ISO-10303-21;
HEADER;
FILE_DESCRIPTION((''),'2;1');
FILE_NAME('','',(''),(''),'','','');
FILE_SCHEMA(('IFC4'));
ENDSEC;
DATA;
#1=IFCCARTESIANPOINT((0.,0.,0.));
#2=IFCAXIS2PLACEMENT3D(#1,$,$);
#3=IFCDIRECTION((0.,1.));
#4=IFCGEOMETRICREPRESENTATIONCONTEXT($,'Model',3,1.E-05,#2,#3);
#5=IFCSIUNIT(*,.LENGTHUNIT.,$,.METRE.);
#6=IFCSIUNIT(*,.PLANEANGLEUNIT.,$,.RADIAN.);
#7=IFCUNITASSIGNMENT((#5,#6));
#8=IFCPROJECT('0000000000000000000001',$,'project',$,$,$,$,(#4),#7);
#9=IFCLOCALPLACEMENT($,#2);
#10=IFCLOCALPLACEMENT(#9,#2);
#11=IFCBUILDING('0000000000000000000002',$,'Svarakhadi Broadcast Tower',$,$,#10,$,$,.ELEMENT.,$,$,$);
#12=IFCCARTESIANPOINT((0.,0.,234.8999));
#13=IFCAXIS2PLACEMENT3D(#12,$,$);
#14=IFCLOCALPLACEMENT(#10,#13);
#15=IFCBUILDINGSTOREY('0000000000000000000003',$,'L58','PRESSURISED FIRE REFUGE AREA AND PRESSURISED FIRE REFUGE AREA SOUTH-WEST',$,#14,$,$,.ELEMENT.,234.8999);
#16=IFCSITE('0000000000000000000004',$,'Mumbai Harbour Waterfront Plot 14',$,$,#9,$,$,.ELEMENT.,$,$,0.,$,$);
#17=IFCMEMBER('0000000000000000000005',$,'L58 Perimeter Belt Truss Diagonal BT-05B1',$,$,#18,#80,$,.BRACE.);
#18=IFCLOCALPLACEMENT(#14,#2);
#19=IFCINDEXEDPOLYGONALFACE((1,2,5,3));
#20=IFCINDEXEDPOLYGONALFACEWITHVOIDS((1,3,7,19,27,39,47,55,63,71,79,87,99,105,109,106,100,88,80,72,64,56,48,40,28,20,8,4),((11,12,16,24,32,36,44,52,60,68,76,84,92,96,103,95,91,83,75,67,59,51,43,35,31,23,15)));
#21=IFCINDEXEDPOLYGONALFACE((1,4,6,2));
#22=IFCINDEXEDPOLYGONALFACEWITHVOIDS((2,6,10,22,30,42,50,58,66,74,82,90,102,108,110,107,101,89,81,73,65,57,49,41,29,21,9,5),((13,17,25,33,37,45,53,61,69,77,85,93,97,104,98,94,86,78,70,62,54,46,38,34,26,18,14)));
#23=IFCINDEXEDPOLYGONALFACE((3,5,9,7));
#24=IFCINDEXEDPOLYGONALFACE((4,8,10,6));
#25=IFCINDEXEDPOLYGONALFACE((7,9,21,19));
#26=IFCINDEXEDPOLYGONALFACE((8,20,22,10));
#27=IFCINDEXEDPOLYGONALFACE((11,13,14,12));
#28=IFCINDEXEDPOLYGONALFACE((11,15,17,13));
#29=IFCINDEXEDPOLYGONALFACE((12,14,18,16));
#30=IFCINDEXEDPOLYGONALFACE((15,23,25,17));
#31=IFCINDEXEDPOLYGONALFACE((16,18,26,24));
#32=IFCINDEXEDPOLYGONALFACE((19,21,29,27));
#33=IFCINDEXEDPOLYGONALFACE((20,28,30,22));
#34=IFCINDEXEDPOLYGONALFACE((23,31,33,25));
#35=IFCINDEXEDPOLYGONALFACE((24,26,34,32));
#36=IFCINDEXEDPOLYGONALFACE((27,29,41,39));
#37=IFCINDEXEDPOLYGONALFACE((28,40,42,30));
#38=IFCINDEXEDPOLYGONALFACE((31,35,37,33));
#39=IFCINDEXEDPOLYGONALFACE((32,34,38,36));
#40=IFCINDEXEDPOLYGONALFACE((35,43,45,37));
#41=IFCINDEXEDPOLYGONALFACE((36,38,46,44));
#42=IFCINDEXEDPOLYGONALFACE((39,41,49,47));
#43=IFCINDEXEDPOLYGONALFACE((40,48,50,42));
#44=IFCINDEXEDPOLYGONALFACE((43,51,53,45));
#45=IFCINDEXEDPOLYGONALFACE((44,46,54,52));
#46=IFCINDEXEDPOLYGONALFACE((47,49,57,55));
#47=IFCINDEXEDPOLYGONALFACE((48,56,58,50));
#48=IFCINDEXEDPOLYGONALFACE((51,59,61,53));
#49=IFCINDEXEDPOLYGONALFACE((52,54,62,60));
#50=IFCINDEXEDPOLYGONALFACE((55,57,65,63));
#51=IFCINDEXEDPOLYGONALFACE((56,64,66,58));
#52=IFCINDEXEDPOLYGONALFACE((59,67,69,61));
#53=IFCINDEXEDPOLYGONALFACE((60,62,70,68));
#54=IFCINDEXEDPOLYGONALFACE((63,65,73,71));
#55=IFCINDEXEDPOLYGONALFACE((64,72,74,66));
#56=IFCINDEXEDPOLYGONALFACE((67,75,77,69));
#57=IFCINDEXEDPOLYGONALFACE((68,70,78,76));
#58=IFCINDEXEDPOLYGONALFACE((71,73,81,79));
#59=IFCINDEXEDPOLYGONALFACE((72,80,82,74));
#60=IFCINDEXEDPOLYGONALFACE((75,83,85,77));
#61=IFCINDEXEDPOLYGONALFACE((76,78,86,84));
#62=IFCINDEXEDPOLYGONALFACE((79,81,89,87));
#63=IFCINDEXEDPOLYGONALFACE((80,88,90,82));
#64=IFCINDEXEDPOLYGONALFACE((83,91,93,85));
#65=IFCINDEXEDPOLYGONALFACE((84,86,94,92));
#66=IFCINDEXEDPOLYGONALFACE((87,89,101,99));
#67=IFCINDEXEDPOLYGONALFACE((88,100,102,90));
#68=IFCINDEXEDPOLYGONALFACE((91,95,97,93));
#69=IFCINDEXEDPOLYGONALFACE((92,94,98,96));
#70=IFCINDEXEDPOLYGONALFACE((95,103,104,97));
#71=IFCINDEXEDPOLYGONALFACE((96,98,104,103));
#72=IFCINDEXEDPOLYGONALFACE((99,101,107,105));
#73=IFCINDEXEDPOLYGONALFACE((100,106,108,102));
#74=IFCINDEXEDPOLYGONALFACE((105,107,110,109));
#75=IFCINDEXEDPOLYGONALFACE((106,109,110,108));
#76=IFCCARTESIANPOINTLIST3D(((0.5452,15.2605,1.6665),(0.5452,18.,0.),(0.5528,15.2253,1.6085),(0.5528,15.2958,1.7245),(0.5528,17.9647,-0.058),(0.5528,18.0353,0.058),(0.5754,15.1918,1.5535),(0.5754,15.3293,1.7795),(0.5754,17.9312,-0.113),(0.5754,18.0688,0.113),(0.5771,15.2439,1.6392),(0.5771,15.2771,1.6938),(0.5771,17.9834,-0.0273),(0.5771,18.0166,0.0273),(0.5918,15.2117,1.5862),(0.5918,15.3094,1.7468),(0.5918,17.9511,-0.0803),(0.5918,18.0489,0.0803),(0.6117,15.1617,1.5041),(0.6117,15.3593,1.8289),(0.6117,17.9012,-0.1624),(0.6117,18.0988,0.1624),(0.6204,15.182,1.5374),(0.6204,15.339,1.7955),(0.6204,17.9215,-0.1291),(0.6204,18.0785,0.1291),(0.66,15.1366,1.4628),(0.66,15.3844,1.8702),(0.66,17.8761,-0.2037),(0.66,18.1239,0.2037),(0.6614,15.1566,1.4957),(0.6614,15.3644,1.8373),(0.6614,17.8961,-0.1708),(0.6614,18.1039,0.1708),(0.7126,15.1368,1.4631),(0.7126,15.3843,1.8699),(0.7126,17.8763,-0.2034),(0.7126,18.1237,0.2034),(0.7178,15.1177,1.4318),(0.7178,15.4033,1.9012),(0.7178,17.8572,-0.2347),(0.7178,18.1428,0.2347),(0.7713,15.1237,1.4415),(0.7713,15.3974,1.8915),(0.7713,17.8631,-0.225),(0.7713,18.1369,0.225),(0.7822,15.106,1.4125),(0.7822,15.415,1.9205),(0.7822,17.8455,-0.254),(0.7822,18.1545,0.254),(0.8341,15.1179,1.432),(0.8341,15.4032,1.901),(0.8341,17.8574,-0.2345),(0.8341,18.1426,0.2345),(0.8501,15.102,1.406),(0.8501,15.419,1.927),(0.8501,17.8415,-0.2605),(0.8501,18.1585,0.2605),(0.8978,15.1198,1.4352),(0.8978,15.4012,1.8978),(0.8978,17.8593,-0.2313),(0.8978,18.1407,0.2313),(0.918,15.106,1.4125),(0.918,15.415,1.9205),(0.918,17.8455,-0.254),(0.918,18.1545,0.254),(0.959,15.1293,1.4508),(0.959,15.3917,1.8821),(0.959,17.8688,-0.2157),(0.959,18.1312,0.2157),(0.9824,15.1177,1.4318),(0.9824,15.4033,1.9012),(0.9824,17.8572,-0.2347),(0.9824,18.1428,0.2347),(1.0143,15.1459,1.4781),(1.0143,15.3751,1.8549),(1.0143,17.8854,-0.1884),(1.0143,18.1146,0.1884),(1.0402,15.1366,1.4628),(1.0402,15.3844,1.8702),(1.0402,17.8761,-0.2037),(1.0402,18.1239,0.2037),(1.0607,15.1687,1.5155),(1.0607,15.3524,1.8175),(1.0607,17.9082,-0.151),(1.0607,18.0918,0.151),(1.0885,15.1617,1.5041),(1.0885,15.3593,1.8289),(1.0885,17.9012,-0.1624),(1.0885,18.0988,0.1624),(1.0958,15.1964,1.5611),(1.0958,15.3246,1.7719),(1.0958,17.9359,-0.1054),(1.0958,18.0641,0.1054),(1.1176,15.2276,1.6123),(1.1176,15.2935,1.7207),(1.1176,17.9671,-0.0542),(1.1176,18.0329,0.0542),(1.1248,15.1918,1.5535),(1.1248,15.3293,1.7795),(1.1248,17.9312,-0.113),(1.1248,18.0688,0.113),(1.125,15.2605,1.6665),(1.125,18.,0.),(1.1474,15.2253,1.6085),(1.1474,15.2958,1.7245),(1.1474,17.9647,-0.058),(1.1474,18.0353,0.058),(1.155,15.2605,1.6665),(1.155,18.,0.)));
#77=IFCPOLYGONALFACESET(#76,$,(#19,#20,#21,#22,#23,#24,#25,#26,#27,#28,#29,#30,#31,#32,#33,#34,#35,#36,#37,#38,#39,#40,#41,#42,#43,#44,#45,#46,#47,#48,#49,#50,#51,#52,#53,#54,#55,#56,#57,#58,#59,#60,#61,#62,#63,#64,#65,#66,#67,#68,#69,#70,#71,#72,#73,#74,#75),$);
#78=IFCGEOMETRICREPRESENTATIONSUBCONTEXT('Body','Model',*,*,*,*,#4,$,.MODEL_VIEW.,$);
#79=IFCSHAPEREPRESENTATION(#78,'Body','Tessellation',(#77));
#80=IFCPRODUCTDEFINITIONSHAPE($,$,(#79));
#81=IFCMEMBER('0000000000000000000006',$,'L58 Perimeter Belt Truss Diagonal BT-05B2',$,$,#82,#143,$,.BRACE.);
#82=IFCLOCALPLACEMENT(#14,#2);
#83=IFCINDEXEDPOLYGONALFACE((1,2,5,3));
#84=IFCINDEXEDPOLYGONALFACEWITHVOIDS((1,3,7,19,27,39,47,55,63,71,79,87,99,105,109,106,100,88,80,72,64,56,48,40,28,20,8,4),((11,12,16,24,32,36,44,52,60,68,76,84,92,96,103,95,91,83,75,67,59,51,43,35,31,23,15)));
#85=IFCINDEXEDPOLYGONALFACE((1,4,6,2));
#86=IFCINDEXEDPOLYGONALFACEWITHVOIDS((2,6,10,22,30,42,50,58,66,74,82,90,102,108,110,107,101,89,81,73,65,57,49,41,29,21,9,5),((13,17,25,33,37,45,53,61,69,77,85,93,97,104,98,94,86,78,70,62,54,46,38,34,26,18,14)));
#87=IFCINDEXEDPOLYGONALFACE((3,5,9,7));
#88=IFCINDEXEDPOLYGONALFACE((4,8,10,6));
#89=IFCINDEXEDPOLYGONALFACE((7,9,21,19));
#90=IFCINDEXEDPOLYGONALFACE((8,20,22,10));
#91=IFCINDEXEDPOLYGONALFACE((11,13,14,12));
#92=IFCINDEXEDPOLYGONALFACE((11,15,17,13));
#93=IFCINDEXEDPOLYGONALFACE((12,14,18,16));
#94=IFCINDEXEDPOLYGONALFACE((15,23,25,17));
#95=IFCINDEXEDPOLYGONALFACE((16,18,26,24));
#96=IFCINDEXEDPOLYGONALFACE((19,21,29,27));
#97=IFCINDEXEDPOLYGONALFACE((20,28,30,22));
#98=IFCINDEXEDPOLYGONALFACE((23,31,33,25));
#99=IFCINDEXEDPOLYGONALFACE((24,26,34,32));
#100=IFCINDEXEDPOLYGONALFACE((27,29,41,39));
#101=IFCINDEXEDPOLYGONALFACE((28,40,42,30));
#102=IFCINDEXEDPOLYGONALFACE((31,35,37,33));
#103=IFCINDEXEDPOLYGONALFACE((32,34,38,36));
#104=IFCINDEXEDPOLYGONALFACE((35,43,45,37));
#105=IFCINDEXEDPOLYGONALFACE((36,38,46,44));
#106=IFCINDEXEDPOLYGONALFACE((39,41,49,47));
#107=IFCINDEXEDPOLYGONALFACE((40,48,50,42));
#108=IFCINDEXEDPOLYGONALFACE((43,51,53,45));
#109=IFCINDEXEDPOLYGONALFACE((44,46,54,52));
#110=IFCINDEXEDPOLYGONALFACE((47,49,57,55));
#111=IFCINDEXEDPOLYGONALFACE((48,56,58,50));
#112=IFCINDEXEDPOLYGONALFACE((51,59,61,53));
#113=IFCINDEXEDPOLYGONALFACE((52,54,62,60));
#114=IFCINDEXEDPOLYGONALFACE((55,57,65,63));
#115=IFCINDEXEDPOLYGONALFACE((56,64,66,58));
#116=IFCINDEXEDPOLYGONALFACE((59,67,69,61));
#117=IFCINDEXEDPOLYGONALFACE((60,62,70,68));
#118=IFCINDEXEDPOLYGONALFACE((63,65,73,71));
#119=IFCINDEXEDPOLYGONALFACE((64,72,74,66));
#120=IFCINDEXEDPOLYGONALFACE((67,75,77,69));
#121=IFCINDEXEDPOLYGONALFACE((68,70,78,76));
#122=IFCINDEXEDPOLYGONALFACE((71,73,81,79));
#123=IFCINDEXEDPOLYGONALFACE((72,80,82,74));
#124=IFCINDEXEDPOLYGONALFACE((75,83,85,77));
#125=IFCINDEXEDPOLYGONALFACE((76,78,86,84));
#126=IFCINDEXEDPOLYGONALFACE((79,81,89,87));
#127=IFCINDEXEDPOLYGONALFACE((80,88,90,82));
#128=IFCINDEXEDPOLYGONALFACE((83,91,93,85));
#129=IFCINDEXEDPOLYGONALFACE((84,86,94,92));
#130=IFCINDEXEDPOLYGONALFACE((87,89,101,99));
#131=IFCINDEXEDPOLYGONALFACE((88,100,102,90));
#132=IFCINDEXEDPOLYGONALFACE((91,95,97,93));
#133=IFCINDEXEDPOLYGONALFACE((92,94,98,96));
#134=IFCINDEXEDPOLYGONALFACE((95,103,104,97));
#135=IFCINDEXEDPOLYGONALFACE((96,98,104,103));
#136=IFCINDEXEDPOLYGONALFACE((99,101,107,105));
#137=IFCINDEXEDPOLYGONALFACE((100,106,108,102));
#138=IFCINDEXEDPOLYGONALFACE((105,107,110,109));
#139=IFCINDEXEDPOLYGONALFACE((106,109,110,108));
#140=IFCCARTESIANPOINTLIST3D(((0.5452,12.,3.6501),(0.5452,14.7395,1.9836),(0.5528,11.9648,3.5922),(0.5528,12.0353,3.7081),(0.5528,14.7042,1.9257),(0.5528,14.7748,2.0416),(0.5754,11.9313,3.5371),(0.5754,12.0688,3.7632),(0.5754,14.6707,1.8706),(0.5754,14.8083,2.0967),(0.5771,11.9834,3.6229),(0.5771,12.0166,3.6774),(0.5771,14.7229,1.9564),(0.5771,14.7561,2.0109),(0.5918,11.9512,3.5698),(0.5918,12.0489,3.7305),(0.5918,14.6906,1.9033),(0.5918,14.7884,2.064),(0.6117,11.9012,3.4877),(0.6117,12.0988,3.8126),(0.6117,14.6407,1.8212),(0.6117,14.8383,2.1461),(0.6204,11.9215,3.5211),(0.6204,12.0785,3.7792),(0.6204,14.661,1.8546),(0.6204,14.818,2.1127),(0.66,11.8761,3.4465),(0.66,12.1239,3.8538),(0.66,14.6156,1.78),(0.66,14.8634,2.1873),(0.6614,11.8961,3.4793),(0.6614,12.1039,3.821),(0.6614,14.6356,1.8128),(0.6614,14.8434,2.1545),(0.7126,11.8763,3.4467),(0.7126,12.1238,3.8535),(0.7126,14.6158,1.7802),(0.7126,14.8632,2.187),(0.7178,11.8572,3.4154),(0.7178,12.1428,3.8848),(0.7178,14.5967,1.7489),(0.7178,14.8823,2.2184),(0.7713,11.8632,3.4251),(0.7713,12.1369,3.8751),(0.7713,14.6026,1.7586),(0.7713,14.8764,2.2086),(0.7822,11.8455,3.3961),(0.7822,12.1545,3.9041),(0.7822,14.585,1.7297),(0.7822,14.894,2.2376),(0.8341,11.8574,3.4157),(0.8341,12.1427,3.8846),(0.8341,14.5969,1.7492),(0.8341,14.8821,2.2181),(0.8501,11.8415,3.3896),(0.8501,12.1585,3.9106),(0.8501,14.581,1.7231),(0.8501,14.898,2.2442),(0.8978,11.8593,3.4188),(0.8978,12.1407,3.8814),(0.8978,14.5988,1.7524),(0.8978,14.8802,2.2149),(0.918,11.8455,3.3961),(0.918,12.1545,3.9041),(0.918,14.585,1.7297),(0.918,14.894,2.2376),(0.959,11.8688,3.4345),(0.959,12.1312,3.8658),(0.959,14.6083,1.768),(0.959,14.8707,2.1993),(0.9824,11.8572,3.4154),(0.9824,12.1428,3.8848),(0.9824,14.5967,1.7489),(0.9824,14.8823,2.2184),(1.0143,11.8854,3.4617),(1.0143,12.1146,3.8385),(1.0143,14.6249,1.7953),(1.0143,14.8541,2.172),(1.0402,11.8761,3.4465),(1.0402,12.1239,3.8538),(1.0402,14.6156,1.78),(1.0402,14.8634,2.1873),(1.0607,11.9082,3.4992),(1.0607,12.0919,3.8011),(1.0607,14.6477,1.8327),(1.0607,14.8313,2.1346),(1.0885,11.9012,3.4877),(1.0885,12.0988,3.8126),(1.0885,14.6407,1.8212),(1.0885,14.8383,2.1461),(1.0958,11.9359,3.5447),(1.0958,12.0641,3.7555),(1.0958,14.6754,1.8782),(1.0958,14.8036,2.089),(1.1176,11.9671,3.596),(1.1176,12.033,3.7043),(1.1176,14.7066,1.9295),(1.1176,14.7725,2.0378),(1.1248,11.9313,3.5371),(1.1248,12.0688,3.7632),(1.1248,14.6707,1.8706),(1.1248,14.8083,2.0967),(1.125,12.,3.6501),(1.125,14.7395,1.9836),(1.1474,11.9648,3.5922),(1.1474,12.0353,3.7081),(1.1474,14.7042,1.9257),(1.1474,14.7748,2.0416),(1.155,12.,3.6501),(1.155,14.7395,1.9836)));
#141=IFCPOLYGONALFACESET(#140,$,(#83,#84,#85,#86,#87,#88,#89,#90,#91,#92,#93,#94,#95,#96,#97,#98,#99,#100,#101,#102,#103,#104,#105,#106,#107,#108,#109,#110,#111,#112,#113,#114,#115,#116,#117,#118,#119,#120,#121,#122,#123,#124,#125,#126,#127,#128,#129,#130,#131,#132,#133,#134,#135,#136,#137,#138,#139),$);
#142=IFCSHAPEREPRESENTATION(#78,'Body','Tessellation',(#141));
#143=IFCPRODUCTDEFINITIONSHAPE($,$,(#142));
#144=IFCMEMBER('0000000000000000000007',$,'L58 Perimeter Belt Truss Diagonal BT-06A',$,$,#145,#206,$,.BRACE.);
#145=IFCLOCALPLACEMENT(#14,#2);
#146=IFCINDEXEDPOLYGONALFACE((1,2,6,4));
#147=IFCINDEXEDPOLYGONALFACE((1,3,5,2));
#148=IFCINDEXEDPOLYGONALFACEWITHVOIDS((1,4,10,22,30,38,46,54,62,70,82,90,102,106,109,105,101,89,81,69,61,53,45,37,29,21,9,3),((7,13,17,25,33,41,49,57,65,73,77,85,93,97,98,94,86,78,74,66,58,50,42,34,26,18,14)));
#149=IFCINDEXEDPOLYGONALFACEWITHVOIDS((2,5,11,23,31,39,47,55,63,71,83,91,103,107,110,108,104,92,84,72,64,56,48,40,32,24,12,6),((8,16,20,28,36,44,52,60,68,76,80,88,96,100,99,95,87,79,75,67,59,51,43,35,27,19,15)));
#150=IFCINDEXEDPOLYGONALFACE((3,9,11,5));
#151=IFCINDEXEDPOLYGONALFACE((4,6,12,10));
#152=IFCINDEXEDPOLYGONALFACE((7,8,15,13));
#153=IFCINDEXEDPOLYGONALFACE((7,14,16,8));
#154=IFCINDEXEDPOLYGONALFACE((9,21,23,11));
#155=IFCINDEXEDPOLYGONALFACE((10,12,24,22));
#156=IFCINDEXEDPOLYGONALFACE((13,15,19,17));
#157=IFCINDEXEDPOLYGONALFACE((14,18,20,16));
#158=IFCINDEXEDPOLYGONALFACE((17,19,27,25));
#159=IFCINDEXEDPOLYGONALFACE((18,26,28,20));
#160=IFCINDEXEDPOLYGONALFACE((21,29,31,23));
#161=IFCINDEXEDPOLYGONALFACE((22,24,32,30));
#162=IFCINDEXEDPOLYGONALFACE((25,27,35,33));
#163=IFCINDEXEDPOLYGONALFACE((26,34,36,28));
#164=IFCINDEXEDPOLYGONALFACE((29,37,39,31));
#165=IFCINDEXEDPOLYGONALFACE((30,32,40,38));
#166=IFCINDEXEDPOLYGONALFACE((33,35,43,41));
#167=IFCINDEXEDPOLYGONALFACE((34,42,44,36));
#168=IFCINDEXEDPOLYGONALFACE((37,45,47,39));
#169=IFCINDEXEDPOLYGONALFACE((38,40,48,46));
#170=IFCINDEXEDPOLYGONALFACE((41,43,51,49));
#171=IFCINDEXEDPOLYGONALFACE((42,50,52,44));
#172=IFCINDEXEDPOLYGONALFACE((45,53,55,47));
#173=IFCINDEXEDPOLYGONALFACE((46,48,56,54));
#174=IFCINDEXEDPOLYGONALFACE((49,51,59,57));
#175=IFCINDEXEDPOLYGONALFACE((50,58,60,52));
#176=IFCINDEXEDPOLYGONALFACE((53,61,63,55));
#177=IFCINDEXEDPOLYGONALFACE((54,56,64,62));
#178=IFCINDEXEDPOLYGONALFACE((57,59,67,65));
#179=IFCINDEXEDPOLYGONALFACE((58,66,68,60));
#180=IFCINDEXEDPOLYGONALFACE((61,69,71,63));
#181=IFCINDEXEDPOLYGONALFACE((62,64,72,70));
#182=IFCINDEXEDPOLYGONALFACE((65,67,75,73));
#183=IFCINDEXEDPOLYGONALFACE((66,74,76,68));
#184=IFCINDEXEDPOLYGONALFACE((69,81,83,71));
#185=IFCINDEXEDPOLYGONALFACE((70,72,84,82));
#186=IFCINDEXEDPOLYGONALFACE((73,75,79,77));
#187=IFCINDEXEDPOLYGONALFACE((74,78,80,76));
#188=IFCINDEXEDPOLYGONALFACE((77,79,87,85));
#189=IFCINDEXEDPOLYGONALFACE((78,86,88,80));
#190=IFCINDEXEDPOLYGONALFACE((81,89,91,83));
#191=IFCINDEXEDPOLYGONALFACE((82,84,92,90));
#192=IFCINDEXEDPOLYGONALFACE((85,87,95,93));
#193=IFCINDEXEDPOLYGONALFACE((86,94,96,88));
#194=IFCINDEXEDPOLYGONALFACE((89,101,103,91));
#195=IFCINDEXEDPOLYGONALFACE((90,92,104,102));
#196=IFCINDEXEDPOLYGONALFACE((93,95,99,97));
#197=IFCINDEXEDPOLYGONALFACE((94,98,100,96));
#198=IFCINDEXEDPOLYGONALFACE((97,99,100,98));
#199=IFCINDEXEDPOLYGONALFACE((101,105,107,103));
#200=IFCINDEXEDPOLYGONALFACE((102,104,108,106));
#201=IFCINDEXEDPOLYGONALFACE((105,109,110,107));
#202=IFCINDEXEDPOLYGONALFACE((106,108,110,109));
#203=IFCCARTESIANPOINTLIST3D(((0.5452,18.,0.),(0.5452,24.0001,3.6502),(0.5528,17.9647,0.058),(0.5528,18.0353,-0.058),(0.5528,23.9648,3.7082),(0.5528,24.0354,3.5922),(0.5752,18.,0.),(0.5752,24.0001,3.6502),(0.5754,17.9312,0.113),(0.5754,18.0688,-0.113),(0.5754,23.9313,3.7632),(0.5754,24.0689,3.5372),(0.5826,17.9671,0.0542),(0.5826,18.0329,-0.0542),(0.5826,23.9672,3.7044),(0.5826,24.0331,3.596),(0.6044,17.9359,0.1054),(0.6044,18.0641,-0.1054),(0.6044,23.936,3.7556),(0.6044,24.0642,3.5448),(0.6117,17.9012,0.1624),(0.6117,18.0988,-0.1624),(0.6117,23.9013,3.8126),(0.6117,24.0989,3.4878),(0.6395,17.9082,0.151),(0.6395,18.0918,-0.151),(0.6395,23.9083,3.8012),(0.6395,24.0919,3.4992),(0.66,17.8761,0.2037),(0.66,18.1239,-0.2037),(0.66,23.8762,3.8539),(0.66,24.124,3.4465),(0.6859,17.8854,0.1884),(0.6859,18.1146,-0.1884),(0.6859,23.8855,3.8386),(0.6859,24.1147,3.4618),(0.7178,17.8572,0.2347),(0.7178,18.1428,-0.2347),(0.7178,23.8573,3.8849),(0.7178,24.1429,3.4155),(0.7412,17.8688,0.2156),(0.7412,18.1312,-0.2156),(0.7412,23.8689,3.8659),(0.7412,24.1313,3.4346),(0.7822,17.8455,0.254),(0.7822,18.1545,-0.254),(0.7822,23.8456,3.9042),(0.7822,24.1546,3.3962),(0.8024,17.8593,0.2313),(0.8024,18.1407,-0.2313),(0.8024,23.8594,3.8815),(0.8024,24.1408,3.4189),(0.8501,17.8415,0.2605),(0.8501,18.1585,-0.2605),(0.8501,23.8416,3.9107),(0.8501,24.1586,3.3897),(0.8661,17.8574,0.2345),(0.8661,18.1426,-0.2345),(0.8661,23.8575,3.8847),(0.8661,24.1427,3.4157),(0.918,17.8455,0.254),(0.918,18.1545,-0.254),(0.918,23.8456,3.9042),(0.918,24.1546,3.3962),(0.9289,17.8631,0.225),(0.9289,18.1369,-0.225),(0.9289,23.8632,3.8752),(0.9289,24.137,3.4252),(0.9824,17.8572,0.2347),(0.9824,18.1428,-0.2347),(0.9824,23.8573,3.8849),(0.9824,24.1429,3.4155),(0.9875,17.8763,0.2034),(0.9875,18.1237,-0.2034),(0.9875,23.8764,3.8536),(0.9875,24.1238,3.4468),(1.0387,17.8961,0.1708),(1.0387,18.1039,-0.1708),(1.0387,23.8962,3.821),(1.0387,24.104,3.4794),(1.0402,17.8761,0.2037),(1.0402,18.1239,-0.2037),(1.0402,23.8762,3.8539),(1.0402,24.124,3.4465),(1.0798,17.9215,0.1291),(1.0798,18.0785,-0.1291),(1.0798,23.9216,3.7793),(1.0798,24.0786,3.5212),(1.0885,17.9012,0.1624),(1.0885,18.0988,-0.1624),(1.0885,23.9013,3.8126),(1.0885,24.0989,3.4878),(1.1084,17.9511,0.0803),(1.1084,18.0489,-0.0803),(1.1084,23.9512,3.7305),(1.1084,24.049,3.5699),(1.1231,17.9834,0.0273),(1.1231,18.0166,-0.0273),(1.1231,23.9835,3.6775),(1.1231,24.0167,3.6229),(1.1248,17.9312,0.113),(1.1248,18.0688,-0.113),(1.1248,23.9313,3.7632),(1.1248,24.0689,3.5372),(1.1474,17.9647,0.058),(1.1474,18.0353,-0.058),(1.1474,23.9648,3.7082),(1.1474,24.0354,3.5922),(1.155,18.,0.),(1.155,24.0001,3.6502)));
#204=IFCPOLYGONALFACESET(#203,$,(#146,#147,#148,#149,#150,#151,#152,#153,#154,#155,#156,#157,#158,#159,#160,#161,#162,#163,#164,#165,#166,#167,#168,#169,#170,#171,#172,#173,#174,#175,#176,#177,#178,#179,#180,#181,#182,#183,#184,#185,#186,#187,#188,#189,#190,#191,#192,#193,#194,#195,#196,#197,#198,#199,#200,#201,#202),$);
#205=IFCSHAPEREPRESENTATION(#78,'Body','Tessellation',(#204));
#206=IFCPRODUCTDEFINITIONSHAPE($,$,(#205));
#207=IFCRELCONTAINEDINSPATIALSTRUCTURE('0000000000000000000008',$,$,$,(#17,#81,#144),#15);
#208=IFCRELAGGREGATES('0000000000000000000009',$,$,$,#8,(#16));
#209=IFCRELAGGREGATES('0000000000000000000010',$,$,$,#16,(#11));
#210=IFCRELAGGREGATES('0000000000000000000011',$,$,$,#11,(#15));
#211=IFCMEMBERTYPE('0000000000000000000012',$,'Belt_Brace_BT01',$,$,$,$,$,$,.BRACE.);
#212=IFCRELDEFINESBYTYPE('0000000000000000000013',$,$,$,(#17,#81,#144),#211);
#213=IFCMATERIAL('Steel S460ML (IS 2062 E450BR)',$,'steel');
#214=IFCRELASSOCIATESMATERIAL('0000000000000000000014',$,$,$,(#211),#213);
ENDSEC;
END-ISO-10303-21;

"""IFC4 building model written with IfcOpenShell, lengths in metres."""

from ifc_helpers import new_model, si_unit, direction, frame, origin, origin_2d, place, context, subcontext, project, spatial, hollow_circle, extrude, material, material_profile, profile_set, type_object, element, save


model = new_model("IFC4")

# Units and contexts
model_context = context("Model", 3, precision=1e-05, world=origin(), true_north=direction((0.0, 1.0)))
body_context = subcontext(model_context, "Body", "Model", "MODEL_VIEW")
ifc_project = project(units=[si_unit("LENGTHUNIT", "METRE"), si_unit("PLANEANGLEUNIT", "RADIAN")], contexts=[model_context])

# Site, building, storey
site_placement = place(None, origin())
site = spatial("IfcSite", under=ifc_project, at=site_placement, Name="Mumbai Harbour Waterfront Plot 14", CompositionType="ELEMENT", RefElevation=0.0)
building_placement = place(site_placement, origin())
building = spatial("IfcBuilding", under=site, at=building_placement, Name="Svarakhadi Broadcast Tower", CompositionType="ELEMENT")
storey_placement = place(building_placement, frame((0.0, 0.0, 234.8999)))
storey = spatial("IfcBuildingStorey", under=building, at=storey_placement, Name="L58", Description="PRESSURISED FIRE REFUGE AREA AND PRESSURISED FIRE REFUGE AREA SOUTH-WEST", CompositionType="ELEMENT", Elevation=234.8999)

# Shared definitions
ifc_material_1 = material(Name="Steel S460ML (IS 2062 E450BR)", Category="steel")

# Members
ifc_material_profile_1 = material_profile(ifc_material_1, hollow_circle(Radius=0.3049, WallThickness=0.03, at=origin_2d()), Name="CHS 610x30")
ifc_profile_set_1 = profile_set([ifc_material_profile_1], Name="Steel S460ML (IS 2062 E450BR)")
member_type_1 = type_object("IfcMemberType", Name="Belt_Brace_BT01", PredefinedType="BRACE", material=ifc_profile_set_1)
for number, where, z_axis, x_axis, name in (
    (1, (0.8501, 18.0, 0.0), (0.0, -0.85434, 0.519715), (1.0, 0.0, 0.0), "L58 Perimeter Belt Truss Diagonal BT-05B1"),
    (2, (0.8501, 14.7395, 1.9836), (0.0, -0.85434, 0.519715), (1.0, 0.0, 0.0), "L58 Perimeter Belt Truss Diagonal BT-05B2"),
):
    element("IfcMember", number, at=place(storey_placement, frame(where, z_axis=z_axis, x_axis=x_axis)), inside=storey, type_object=member_type_1, Name=name, PredefinedType="BRACE", context=body_context, shape_type="SweptSolid", body=[
        extrude(hollow_circle(Radius=0.3049, WallThickness=0.03, at=origin_2d()), origin(), (0.0, 0.0, 1.0), 3.2065),
    ])
member_1_placement = place(storey_placement, frame((0.8501, 18.0, 0.0), z_axis=(0.0, 0.854327, 0.519736), x_axis=(-1.0, 0.0, 0.0)))
element("IfcMember", 3, at=member_1_placement, inside=storey, type_object=member_type_1, Name="L58 Perimeter Belt Truss Diagonal BT-06A", PredefinedType="BRACE", context=body_context, shape_type="SweptSolid", body=[
    extrude(hollow_circle(Radius=0.3049, WallThickness=0.03, at=origin_2d()), origin(), (0.0, 0.0, 1.0), 7.0232),
])

save(model, "model.ifc")
